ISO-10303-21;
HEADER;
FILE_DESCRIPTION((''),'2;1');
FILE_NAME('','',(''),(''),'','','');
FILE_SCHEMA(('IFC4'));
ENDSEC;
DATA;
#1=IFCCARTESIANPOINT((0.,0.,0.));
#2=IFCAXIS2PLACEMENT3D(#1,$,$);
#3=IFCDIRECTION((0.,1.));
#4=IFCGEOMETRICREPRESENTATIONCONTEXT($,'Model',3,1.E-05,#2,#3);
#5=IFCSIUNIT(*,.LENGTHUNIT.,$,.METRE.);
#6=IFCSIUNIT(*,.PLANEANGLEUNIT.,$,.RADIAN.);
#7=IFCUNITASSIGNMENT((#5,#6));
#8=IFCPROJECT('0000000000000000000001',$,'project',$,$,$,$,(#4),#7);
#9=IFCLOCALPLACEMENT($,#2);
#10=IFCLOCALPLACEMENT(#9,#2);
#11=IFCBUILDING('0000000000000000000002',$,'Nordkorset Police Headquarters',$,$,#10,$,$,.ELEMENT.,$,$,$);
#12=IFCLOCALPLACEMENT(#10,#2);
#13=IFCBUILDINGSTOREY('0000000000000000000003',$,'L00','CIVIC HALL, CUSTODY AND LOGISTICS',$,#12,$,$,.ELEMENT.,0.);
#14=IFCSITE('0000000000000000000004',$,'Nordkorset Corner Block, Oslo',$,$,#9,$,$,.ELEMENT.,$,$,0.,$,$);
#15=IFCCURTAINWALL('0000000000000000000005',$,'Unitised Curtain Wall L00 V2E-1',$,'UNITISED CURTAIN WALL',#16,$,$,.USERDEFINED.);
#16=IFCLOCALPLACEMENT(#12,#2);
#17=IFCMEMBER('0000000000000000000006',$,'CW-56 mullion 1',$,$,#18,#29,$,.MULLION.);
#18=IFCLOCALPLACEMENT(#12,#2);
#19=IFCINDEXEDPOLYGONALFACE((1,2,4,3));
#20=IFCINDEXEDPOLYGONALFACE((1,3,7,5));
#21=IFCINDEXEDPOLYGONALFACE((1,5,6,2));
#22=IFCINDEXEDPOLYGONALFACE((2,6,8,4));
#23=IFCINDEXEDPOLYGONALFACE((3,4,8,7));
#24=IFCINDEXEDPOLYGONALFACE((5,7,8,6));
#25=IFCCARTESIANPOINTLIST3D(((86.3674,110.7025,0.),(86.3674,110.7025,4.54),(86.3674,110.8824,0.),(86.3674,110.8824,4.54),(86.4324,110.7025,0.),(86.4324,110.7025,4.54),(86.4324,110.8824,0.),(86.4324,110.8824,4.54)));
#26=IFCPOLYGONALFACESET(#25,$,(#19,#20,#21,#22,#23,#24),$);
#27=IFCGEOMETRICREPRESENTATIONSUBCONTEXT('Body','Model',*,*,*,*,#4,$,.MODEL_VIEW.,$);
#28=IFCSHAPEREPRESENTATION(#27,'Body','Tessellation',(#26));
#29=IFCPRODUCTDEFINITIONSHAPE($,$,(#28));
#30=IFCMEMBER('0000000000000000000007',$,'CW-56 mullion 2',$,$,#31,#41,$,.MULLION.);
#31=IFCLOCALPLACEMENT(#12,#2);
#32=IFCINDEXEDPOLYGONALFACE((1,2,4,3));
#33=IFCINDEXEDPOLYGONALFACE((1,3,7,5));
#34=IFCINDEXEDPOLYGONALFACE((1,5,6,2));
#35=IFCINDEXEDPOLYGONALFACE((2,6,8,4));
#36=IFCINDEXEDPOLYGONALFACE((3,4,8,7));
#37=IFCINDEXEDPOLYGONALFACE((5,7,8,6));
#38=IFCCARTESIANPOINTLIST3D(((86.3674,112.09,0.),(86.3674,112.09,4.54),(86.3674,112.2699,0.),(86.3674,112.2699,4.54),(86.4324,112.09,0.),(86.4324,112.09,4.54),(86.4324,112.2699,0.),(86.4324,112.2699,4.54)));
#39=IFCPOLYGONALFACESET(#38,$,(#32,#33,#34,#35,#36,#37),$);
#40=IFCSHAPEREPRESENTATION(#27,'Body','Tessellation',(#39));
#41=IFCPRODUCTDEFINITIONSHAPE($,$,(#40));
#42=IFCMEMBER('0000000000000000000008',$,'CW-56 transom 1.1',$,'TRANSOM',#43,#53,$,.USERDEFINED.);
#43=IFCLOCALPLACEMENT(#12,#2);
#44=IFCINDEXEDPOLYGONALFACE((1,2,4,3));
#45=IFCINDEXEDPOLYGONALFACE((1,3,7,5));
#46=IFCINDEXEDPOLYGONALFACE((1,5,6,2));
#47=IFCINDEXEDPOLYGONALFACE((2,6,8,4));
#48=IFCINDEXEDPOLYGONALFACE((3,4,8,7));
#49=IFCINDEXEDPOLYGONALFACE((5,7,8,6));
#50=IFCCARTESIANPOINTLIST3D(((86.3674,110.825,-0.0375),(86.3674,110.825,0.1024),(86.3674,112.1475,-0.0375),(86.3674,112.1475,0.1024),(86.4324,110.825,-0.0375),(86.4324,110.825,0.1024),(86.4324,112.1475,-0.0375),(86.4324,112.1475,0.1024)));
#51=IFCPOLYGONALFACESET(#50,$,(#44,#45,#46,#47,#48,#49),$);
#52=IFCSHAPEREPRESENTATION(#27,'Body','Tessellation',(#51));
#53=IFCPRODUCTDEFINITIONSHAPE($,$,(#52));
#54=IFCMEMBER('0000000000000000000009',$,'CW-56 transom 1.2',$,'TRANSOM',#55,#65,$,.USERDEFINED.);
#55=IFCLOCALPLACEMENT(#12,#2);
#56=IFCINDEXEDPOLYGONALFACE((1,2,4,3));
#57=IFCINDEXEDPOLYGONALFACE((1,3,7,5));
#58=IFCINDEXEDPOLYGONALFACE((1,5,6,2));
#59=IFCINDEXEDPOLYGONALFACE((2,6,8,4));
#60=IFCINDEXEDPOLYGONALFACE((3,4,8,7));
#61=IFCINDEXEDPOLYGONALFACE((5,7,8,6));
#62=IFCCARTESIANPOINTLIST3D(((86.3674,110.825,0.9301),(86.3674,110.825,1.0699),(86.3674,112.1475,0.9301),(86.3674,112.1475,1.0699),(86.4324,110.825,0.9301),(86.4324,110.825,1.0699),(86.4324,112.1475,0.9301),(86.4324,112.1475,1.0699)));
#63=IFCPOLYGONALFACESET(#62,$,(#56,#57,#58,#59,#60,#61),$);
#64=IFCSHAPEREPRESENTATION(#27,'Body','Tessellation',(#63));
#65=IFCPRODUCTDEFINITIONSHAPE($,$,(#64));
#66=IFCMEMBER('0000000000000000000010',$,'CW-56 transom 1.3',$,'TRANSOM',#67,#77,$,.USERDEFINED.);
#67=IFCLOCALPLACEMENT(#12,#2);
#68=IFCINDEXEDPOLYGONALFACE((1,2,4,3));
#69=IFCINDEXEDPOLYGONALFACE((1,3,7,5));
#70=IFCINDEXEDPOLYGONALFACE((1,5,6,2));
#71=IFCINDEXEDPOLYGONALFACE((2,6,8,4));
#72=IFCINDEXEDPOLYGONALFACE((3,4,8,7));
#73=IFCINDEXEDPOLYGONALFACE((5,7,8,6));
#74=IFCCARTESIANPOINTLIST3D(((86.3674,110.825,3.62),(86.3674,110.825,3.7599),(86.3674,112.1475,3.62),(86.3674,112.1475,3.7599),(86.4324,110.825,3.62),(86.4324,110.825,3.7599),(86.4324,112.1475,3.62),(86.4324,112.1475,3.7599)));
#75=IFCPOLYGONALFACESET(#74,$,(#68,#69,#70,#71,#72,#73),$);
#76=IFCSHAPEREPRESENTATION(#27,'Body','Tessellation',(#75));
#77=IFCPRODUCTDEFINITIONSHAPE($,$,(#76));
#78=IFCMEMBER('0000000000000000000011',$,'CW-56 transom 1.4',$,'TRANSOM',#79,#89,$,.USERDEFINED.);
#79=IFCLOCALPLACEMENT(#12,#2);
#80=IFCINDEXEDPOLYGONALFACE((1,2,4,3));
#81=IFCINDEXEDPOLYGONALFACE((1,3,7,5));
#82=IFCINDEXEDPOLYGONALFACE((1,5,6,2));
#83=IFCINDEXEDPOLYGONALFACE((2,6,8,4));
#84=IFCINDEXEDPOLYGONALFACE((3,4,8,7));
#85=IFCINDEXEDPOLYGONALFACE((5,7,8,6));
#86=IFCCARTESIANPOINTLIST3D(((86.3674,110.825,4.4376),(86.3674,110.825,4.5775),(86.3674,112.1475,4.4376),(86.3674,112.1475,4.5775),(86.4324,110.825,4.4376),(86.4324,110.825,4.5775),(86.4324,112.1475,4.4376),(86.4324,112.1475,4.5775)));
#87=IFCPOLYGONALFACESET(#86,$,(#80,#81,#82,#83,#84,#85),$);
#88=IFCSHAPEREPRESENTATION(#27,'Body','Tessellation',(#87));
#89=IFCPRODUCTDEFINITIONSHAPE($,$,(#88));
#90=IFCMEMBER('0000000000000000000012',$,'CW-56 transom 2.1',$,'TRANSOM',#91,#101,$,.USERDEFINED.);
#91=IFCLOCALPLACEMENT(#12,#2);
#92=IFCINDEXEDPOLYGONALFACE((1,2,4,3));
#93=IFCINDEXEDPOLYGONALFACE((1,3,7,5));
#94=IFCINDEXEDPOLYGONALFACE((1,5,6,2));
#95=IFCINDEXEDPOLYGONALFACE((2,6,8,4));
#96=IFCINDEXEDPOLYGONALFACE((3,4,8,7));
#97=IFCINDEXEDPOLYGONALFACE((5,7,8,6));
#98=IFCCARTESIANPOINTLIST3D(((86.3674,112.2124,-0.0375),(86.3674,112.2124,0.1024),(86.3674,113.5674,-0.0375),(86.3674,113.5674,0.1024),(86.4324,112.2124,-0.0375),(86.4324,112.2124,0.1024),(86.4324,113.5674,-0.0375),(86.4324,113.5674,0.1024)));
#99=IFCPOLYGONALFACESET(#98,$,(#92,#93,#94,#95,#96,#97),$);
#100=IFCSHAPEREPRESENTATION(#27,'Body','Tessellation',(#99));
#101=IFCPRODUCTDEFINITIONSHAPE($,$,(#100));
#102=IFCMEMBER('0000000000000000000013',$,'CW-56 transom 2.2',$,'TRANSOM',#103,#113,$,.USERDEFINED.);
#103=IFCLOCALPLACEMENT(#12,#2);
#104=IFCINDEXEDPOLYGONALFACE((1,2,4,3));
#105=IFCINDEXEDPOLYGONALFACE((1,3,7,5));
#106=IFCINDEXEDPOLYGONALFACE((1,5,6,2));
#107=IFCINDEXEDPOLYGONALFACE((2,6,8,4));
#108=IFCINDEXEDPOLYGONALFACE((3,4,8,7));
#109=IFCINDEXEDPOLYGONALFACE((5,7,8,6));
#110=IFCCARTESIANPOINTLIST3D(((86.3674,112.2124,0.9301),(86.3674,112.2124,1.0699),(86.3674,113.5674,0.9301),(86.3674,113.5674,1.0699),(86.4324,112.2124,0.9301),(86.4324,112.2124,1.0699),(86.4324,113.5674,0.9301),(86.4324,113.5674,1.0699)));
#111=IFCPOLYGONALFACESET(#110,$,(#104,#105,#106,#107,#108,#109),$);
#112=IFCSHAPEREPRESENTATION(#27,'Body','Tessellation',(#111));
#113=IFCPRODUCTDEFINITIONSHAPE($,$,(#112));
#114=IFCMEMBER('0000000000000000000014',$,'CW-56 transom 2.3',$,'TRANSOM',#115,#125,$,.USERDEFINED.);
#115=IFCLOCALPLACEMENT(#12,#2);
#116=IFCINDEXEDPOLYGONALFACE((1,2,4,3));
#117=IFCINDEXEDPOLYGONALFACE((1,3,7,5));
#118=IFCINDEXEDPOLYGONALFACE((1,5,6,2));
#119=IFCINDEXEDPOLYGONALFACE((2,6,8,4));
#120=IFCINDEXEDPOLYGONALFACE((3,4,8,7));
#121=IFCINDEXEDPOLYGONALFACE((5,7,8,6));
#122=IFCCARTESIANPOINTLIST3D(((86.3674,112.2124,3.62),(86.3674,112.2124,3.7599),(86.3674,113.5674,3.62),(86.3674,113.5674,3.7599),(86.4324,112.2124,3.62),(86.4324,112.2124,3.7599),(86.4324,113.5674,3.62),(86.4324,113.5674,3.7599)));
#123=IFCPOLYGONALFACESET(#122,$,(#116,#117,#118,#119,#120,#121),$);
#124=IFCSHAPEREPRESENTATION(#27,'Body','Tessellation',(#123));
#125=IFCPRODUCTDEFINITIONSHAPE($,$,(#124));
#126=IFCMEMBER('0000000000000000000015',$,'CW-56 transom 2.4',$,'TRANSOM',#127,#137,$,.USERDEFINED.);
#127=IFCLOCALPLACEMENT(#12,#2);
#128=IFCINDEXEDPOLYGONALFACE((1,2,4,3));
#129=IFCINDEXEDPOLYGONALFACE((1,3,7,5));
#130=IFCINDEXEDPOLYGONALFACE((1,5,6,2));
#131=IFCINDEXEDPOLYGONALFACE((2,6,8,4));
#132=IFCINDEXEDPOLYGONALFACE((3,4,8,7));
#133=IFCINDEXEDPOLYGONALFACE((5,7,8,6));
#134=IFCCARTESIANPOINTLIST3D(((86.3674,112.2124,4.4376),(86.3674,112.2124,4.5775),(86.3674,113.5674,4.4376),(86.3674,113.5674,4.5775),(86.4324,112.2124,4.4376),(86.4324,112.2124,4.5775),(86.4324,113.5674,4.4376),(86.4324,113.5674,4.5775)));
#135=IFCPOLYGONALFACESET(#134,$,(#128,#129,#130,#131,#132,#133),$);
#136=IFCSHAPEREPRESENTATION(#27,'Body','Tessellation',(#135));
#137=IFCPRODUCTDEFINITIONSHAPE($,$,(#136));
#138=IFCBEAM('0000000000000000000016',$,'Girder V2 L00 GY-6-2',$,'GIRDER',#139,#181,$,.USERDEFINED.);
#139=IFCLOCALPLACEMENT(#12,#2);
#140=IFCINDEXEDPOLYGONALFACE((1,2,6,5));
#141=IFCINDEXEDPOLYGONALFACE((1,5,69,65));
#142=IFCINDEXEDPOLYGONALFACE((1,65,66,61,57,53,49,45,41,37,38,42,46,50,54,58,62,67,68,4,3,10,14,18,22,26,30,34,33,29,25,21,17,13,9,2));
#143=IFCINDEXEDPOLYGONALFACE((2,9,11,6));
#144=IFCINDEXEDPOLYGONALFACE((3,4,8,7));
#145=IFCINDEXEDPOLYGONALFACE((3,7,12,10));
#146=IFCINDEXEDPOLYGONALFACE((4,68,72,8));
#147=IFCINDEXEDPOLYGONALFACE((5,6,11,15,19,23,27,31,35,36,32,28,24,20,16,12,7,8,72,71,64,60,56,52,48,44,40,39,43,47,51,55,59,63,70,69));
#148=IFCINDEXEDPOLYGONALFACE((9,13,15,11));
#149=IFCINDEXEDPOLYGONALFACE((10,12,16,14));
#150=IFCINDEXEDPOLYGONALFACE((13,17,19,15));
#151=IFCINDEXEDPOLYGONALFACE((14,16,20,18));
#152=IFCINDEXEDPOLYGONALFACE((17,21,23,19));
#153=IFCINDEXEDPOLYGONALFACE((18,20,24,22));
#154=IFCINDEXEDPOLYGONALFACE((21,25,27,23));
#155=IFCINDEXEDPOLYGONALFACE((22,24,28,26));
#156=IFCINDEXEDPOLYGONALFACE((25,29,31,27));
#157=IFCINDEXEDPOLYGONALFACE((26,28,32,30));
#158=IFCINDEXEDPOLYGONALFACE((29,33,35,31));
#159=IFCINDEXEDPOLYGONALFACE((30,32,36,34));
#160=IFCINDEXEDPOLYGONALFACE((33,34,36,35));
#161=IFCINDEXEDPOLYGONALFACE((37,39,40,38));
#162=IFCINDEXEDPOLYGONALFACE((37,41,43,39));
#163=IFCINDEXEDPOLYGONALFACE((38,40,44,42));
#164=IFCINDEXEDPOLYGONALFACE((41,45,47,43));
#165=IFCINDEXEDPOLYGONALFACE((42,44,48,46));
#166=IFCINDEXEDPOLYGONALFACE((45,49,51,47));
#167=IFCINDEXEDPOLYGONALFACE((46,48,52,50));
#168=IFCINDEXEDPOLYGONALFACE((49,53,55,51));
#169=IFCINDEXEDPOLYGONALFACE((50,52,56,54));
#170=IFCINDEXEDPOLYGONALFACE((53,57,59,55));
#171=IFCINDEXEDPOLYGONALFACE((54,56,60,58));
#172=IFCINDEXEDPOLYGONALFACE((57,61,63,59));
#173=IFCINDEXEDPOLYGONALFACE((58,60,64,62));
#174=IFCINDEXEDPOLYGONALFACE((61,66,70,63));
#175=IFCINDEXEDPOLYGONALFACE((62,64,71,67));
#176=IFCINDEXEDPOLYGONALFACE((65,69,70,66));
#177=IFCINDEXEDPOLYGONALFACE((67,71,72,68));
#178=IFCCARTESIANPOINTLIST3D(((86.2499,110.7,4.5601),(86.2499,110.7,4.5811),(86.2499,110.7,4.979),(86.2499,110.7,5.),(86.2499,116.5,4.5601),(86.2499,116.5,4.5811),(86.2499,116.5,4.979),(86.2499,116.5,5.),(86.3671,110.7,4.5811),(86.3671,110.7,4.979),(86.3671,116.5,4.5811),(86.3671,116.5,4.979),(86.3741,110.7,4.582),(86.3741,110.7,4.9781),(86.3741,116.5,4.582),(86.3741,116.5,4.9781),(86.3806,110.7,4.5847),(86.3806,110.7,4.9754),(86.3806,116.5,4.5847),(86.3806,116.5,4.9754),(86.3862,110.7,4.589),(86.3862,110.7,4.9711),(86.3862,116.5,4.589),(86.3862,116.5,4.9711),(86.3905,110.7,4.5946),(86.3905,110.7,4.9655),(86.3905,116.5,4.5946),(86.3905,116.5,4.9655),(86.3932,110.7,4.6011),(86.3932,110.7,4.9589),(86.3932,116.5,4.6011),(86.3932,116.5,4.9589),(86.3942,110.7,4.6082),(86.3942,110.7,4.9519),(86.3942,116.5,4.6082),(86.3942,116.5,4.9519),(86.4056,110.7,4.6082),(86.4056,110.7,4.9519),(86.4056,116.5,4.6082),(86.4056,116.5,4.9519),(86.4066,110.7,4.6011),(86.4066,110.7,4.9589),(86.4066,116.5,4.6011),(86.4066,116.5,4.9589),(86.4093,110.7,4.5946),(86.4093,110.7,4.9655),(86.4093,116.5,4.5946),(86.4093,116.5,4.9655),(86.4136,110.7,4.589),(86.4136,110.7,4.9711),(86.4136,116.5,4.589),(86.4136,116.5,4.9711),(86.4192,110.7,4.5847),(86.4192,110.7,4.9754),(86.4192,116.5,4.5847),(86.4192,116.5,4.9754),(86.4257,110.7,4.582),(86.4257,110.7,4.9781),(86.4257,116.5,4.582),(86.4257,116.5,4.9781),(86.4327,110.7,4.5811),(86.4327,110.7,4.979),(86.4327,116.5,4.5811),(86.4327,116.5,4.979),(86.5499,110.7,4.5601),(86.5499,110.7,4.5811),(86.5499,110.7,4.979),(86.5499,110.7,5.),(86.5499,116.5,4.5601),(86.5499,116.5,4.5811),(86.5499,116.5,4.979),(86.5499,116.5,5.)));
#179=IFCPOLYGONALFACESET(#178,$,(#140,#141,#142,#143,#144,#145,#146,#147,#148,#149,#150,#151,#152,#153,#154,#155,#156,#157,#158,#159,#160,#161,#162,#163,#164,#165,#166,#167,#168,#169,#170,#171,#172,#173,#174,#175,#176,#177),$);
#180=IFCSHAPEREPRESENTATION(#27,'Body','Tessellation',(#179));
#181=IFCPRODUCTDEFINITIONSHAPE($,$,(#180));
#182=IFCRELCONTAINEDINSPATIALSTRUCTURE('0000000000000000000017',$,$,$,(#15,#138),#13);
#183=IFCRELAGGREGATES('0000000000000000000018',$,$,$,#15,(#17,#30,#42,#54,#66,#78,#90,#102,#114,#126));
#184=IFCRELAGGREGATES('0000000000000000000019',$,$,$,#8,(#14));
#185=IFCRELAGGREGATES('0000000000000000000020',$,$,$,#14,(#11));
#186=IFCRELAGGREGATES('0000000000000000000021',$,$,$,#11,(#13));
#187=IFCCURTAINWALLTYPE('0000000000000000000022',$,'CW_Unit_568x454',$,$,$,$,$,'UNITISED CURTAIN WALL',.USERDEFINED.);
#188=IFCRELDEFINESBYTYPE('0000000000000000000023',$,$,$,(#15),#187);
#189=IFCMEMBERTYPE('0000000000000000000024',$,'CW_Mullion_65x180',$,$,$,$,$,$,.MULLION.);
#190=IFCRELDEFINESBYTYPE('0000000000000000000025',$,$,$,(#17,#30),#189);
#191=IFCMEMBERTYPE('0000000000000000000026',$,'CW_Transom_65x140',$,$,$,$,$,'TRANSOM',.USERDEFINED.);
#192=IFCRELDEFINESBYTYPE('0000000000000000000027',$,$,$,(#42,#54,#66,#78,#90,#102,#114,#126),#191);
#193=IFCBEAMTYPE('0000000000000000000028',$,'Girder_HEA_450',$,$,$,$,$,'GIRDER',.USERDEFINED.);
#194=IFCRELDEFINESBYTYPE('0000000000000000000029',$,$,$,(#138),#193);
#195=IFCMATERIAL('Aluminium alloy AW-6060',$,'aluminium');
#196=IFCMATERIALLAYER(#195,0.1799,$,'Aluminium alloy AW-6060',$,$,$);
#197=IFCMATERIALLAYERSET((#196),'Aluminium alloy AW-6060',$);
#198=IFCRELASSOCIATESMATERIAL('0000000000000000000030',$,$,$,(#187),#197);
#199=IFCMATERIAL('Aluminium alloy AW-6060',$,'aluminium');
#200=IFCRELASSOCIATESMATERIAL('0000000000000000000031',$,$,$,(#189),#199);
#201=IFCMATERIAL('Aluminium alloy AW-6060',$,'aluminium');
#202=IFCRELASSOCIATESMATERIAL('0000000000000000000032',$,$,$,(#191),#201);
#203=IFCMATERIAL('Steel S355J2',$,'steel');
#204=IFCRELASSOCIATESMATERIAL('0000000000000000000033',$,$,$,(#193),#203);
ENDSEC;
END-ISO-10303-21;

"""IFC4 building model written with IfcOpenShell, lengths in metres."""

from ifc_helpers import new_model, si_unit, direction, frame, origin, origin_2d, place, context, subcontext, project, spatial, rectangle, i_section, extrude, material, layer, layer_set, material_profile, profile_set, type_object, element, aggregate, save


model = new_model("IFC4")

# Units and contexts
model_context = context("Model", 3, precision=1e-05, world=origin(), true_north=direction((0.0, 1.0)))
body_context = subcontext(model_context, "Body", "Model", "MODEL_VIEW")
ifc_project = project(units=[si_unit("LENGTHUNIT", "METRE"), si_unit("PLANEANGLEUNIT", "RADIAN")], contexts=[model_context])

# Site, building, storey
site_placement = place(None, origin())
site = spatial("IfcSite", under=ifc_project, at=site_placement, Name="Nordkorset Corner Block, Oslo", CompositionType="ELEMENT", RefElevation=0.0)
building_placement = place(site_placement, origin())
building = spatial("IfcBuilding", under=site, at=building_placement, Name="Nordkorset Police Headquarters", CompositionType="ELEMENT")
storey_placement = place(building_placement, origin())
storey = spatial("IfcBuildingStorey", under=building, at=storey_placement, Name="L00", Description="CIVIC HALL, CUSTODY AND LOGISTICS", CompositionType="ELEMENT", Elevation=0.0)

# Curtain wall, members
ifc_material_1 = material(Name="Aluminium alloy AW-6060", Category="aluminium")
ifc_layer_1 = layer(ifc_material_1, 0.1799, Name="Aluminium alloy AW-6060")
ifc_layer_set_1 = layer_set([ifc_layer_1], Name="Aluminium alloy AW-6060")
curtain_wall_type = type_object("IfcCurtainWallType", Name="CW_Unit_568x454", ElementType="UNITISED CURTAIN WALL", PredefinedType="USERDEFINED", material=ifc_layer_set_1)
curtain_wall_placement = place(storey_placement, origin())
curtain_wall = element("IfcCurtainWall", 1, at=curtain_wall_placement, inside=storey, type_object=curtain_wall_type, Name="Unitised Curtain Wall L00 V2E-1", ObjectType="UNITISED CURTAIN WALL", PredefinedType="USERDEFINED")
ifc_material_2 = material(Name="Aluminium alloy AW-6060", Category="aluminium")
ifc_material_profile_1 = material_profile(ifc_material_2, rectangle(XDim=0.0649, YDim=0.1799, at=origin_2d()), Name="ALU MULL 65x180")
ifc_profile_set_1 = profile_set([ifc_material_profile_1], Name="Aluminium alloy AW-6060")
member_type_1 = type_object("IfcMemberType", Name="CW_Mullion_65x180", PredefinedType="MULLION", material=ifc_profile_set_1)
member_1_placement = place(storey_placement, frame((86.3999, 110.7925, 0.0), z_axis=(0.0, 0.0, 1.0), x_axis=(-1.0, 0.0, 0.0)))
member_1 = element("IfcMember", 2, at=member_1_placement, type_object=member_type_1, Name="CW-56 mullion 1", PredefinedType="MULLION", context=body_context, shape_type="SweptSolid", body=[
    extrude(rectangle(XDim=0.0649, YDim=0.1799, at=origin_2d()), origin(), (0.0, 0.0, 1.0), 4.54),
])
member_2_placement = place(storey_placement, frame((86.3999, 112.1799, 0.0), z_axis=(0.0, 0.0, 1.0), x_axis=(-1.0, 0.0, 0.0)))
member_2 = element("IfcMember", 3, at=member_2_placement, type_object=member_type_1, Name="CW-56 mullion 2", PredefinedType="MULLION", context=body_context, shape_type="SweptSolid", body=[
    extrude(rectangle(XDim=0.0649, YDim=0.1799, at=origin_2d()), origin(), (0.0, 0.0, 1.0), 4.54),
])
ifc_material_3 = material(Name="Aluminium alloy AW-6060", Category="aluminium")
ifc_material_profile_2 = material_profile(ifc_material_3, rectangle(XDim=0.0649, YDim=0.1399, at=origin_2d()), Name="ALU TRAN 65x140")
ifc_profile_set_2 = profile_set([ifc_material_profile_2], Name="Aluminium alloy AW-6060")
member_type_2 = type_object("IfcMemberType", Name="CW_Transom_65x140", ElementType="TRANSOM", PredefinedType="USERDEFINED", material=ifc_profile_set_2)
member_3_placement = place(storey_placement, frame((86.3999, 110.825, 0.0325), z_axis=(0.0, 1.0, 0.0), x_axis=(-1.0, 0.0, 0.0)))
member_3 = element("IfcMember", 4, at=member_3_placement, type_object=member_type_2, Name="CW-56 transom 1.1", ObjectType="TRANSOM", PredefinedType="USERDEFINED", context=body_context, shape_type="SweptSolid", body=[
    extrude(rectangle(XDim=0.0649, YDim=0.1399, at=origin_2d()), origin(), (0.0, 0.0, 1.0), 1.3225),
])
member_4_placement = place(storey_placement, frame((86.3999, 110.825, 1.0), z_axis=(0.0, 1.0, 0.0), x_axis=(-1.0, 0.0, 0.0)))
member_4 = element("IfcMember", 5, at=member_4_placement, type_object=member_type_2, Name="CW-56 transom 1.2", ObjectType="TRANSOM", PredefinedType="USERDEFINED", context=body_context, shape_type="SweptSolid", body=[
    extrude(rectangle(XDim=0.0649, YDim=0.1399, at=origin_2d()), origin(), (0.0, 0.0, 1.0), 1.3225),
])
member_5_placement = place(storey_placement, frame((86.3999, 110.825, 3.6899), z_axis=(0.0, 1.0, 0.0), x_axis=(-1.0, 0.0, 0.0)))
member_5 = element("IfcMember", 6, at=member_5_placement, type_object=member_type_2, Name="CW-56 transom 1.3", ObjectType="TRANSOM", PredefinedType="USERDEFINED", context=body_context, shape_type="SweptSolid", body=[
    extrude(rectangle(XDim=0.0649, YDim=0.1399, at=origin_2d()), origin(), (0.0, 0.0, 1.0), 1.3225),
])
member_6_placement = place(storey_placement, frame((86.3999, 110.825, 4.5076), z_axis=(0.0, 1.0, 0.0), x_axis=(-1.0, 0.0, 0.0)))
member_6 = element("IfcMember", 7, at=member_6_placement, type_object=member_type_2, Name="CW-56 transom 1.4", ObjectType="TRANSOM", PredefinedType="USERDEFINED", context=body_context, shape_type="SweptSolid", body=[
    extrude(rectangle(XDim=0.0649, YDim=0.1399, at=origin_2d()), origin(), (0.0, 0.0, 1.0), 1.3225),
])
member_7_placement = place(storey_placement, frame((86.3999, 112.2124, 0.0325), z_axis=(0.0, 1.0, 0.0), x_axis=(-1.0, 0.0, 0.0)))
member_7 = element("IfcMember", 8, at=member_7_placement, type_object=member_type_2, Name="CW-56 transom 2.1", ObjectType="TRANSOM", PredefinedType="USERDEFINED", context=body_context, shape_type="SweptSolid", body=[
    extrude(rectangle(XDim=0.0649, YDim=0.1399, at=origin_2d()), origin(), (0.0, 0.0, 1.0), 1.355),
])
member_8_placement = place(storey_placement, frame((86.3999, 112.2124, 1.0), z_axis=(0.0, 1.0, 0.0), x_axis=(-1.0, 0.0, 0.0)))
member_8 = element("IfcMember", 9, at=member_8_placement, type_object=member_type_2, Name="CW-56 transom 2.2", ObjectType="TRANSOM", PredefinedType="USERDEFINED", context=body_context, shape_type="SweptSolid", body=[
    extrude(rectangle(XDim=0.0649, YDim=0.1399, at=origin_2d()), origin(), (0.0, 0.0, 1.0), 1.355),
])
member_9_placement = place(storey_placement, frame((86.3999, 112.2124, 3.6899), z_axis=(0.0, 1.0, 0.0), x_axis=(-1.0, 0.0, 0.0)))
member_9 = element("IfcMember", 10, at=member_9_placement, type_object=member_type_2, Name="CW-56 transom 2.3", ObjectType="TRANSOM", PredefinedType="USERDEFINED", context=body_context, shape_type="SweptSolid", body=[
    extrude(rectangle(XDim=0.0649, YDim=0.1399, at=origin_2d()), origin(), (0.0, 0.0, 1.0), 1.355),
])
member_10_placement = place(storey_placement, frame((86.3999, 112.2124, 4.5076), z_axis=(0.0, 1.0, 0.0), x_axis=(-1.0, 0.0, 0.0)))
member_10 = element("IfcMember", 11, at=member_10_placement, type_object=member_type_2, Name="CW-56 transom 2.4", ObjectType="TRANSOM", PredefinedType="USERDEFINED", context=body_context, shape_type="SweptSolid", body=[
    extrude(rectangle(XDim=0.0649, YDim=0.1399, at=origin_2d()), origin(), (0.0, 0.0, 1.0), 1.355),
])

# Beam
ifc_material_4 = material(Name="Steel S355J2", Category="steel")
ifc_material_profile_3 = material_profile(ifc_material_4, i_section(OverallWidth=0.3, OverallDepth=0.4399, WebThickness=0.0115, FlangeThickness=0.021, FilletRadius=0.0271, at=origin_2d()), Name="HEA 450")
ifc_profile_set_3 = profile_set([ifc_material_profile_3], Name="Steel S355J2")
beam_type = type_object("IfcBeamType", Name="Girder_HEA_450", ElementType="GIRDER", PredefinedType="USERDEFINED", material=ifc_profile_set_3)
beam_placement = place(storey_placement, frame((86.3999, 110.7, 4.78), z_axis=(0.0, 1.0, 0.0), x_axis=(-1.0, 0.0, 0.0)))
element("IfcBeam", 12, at=beam_placement, inside=storey, type_object=beam_type, Name="Girder V2 L00 GY-6-2", ObjectType="GIRDER", PredefinedType="USERDEFINED", context=body_context, shape_type="SweptSolid", body=[
    extrude(i_section(OverallWidth=0.3, OverallDepth=0.4399, WebThickness=0.0115, FlangeThickness=0.021, FilletRadius=0.0271, at=origin_2d()), origin(), (0.0, 0.0, 1.0), 5.8),
])

aggregate(curtain_wall, [member_1, member_2, member_3, member_4, member_5, member_6, member_7, member_8, member_9, member_10])

save(model, "model.ifc")
